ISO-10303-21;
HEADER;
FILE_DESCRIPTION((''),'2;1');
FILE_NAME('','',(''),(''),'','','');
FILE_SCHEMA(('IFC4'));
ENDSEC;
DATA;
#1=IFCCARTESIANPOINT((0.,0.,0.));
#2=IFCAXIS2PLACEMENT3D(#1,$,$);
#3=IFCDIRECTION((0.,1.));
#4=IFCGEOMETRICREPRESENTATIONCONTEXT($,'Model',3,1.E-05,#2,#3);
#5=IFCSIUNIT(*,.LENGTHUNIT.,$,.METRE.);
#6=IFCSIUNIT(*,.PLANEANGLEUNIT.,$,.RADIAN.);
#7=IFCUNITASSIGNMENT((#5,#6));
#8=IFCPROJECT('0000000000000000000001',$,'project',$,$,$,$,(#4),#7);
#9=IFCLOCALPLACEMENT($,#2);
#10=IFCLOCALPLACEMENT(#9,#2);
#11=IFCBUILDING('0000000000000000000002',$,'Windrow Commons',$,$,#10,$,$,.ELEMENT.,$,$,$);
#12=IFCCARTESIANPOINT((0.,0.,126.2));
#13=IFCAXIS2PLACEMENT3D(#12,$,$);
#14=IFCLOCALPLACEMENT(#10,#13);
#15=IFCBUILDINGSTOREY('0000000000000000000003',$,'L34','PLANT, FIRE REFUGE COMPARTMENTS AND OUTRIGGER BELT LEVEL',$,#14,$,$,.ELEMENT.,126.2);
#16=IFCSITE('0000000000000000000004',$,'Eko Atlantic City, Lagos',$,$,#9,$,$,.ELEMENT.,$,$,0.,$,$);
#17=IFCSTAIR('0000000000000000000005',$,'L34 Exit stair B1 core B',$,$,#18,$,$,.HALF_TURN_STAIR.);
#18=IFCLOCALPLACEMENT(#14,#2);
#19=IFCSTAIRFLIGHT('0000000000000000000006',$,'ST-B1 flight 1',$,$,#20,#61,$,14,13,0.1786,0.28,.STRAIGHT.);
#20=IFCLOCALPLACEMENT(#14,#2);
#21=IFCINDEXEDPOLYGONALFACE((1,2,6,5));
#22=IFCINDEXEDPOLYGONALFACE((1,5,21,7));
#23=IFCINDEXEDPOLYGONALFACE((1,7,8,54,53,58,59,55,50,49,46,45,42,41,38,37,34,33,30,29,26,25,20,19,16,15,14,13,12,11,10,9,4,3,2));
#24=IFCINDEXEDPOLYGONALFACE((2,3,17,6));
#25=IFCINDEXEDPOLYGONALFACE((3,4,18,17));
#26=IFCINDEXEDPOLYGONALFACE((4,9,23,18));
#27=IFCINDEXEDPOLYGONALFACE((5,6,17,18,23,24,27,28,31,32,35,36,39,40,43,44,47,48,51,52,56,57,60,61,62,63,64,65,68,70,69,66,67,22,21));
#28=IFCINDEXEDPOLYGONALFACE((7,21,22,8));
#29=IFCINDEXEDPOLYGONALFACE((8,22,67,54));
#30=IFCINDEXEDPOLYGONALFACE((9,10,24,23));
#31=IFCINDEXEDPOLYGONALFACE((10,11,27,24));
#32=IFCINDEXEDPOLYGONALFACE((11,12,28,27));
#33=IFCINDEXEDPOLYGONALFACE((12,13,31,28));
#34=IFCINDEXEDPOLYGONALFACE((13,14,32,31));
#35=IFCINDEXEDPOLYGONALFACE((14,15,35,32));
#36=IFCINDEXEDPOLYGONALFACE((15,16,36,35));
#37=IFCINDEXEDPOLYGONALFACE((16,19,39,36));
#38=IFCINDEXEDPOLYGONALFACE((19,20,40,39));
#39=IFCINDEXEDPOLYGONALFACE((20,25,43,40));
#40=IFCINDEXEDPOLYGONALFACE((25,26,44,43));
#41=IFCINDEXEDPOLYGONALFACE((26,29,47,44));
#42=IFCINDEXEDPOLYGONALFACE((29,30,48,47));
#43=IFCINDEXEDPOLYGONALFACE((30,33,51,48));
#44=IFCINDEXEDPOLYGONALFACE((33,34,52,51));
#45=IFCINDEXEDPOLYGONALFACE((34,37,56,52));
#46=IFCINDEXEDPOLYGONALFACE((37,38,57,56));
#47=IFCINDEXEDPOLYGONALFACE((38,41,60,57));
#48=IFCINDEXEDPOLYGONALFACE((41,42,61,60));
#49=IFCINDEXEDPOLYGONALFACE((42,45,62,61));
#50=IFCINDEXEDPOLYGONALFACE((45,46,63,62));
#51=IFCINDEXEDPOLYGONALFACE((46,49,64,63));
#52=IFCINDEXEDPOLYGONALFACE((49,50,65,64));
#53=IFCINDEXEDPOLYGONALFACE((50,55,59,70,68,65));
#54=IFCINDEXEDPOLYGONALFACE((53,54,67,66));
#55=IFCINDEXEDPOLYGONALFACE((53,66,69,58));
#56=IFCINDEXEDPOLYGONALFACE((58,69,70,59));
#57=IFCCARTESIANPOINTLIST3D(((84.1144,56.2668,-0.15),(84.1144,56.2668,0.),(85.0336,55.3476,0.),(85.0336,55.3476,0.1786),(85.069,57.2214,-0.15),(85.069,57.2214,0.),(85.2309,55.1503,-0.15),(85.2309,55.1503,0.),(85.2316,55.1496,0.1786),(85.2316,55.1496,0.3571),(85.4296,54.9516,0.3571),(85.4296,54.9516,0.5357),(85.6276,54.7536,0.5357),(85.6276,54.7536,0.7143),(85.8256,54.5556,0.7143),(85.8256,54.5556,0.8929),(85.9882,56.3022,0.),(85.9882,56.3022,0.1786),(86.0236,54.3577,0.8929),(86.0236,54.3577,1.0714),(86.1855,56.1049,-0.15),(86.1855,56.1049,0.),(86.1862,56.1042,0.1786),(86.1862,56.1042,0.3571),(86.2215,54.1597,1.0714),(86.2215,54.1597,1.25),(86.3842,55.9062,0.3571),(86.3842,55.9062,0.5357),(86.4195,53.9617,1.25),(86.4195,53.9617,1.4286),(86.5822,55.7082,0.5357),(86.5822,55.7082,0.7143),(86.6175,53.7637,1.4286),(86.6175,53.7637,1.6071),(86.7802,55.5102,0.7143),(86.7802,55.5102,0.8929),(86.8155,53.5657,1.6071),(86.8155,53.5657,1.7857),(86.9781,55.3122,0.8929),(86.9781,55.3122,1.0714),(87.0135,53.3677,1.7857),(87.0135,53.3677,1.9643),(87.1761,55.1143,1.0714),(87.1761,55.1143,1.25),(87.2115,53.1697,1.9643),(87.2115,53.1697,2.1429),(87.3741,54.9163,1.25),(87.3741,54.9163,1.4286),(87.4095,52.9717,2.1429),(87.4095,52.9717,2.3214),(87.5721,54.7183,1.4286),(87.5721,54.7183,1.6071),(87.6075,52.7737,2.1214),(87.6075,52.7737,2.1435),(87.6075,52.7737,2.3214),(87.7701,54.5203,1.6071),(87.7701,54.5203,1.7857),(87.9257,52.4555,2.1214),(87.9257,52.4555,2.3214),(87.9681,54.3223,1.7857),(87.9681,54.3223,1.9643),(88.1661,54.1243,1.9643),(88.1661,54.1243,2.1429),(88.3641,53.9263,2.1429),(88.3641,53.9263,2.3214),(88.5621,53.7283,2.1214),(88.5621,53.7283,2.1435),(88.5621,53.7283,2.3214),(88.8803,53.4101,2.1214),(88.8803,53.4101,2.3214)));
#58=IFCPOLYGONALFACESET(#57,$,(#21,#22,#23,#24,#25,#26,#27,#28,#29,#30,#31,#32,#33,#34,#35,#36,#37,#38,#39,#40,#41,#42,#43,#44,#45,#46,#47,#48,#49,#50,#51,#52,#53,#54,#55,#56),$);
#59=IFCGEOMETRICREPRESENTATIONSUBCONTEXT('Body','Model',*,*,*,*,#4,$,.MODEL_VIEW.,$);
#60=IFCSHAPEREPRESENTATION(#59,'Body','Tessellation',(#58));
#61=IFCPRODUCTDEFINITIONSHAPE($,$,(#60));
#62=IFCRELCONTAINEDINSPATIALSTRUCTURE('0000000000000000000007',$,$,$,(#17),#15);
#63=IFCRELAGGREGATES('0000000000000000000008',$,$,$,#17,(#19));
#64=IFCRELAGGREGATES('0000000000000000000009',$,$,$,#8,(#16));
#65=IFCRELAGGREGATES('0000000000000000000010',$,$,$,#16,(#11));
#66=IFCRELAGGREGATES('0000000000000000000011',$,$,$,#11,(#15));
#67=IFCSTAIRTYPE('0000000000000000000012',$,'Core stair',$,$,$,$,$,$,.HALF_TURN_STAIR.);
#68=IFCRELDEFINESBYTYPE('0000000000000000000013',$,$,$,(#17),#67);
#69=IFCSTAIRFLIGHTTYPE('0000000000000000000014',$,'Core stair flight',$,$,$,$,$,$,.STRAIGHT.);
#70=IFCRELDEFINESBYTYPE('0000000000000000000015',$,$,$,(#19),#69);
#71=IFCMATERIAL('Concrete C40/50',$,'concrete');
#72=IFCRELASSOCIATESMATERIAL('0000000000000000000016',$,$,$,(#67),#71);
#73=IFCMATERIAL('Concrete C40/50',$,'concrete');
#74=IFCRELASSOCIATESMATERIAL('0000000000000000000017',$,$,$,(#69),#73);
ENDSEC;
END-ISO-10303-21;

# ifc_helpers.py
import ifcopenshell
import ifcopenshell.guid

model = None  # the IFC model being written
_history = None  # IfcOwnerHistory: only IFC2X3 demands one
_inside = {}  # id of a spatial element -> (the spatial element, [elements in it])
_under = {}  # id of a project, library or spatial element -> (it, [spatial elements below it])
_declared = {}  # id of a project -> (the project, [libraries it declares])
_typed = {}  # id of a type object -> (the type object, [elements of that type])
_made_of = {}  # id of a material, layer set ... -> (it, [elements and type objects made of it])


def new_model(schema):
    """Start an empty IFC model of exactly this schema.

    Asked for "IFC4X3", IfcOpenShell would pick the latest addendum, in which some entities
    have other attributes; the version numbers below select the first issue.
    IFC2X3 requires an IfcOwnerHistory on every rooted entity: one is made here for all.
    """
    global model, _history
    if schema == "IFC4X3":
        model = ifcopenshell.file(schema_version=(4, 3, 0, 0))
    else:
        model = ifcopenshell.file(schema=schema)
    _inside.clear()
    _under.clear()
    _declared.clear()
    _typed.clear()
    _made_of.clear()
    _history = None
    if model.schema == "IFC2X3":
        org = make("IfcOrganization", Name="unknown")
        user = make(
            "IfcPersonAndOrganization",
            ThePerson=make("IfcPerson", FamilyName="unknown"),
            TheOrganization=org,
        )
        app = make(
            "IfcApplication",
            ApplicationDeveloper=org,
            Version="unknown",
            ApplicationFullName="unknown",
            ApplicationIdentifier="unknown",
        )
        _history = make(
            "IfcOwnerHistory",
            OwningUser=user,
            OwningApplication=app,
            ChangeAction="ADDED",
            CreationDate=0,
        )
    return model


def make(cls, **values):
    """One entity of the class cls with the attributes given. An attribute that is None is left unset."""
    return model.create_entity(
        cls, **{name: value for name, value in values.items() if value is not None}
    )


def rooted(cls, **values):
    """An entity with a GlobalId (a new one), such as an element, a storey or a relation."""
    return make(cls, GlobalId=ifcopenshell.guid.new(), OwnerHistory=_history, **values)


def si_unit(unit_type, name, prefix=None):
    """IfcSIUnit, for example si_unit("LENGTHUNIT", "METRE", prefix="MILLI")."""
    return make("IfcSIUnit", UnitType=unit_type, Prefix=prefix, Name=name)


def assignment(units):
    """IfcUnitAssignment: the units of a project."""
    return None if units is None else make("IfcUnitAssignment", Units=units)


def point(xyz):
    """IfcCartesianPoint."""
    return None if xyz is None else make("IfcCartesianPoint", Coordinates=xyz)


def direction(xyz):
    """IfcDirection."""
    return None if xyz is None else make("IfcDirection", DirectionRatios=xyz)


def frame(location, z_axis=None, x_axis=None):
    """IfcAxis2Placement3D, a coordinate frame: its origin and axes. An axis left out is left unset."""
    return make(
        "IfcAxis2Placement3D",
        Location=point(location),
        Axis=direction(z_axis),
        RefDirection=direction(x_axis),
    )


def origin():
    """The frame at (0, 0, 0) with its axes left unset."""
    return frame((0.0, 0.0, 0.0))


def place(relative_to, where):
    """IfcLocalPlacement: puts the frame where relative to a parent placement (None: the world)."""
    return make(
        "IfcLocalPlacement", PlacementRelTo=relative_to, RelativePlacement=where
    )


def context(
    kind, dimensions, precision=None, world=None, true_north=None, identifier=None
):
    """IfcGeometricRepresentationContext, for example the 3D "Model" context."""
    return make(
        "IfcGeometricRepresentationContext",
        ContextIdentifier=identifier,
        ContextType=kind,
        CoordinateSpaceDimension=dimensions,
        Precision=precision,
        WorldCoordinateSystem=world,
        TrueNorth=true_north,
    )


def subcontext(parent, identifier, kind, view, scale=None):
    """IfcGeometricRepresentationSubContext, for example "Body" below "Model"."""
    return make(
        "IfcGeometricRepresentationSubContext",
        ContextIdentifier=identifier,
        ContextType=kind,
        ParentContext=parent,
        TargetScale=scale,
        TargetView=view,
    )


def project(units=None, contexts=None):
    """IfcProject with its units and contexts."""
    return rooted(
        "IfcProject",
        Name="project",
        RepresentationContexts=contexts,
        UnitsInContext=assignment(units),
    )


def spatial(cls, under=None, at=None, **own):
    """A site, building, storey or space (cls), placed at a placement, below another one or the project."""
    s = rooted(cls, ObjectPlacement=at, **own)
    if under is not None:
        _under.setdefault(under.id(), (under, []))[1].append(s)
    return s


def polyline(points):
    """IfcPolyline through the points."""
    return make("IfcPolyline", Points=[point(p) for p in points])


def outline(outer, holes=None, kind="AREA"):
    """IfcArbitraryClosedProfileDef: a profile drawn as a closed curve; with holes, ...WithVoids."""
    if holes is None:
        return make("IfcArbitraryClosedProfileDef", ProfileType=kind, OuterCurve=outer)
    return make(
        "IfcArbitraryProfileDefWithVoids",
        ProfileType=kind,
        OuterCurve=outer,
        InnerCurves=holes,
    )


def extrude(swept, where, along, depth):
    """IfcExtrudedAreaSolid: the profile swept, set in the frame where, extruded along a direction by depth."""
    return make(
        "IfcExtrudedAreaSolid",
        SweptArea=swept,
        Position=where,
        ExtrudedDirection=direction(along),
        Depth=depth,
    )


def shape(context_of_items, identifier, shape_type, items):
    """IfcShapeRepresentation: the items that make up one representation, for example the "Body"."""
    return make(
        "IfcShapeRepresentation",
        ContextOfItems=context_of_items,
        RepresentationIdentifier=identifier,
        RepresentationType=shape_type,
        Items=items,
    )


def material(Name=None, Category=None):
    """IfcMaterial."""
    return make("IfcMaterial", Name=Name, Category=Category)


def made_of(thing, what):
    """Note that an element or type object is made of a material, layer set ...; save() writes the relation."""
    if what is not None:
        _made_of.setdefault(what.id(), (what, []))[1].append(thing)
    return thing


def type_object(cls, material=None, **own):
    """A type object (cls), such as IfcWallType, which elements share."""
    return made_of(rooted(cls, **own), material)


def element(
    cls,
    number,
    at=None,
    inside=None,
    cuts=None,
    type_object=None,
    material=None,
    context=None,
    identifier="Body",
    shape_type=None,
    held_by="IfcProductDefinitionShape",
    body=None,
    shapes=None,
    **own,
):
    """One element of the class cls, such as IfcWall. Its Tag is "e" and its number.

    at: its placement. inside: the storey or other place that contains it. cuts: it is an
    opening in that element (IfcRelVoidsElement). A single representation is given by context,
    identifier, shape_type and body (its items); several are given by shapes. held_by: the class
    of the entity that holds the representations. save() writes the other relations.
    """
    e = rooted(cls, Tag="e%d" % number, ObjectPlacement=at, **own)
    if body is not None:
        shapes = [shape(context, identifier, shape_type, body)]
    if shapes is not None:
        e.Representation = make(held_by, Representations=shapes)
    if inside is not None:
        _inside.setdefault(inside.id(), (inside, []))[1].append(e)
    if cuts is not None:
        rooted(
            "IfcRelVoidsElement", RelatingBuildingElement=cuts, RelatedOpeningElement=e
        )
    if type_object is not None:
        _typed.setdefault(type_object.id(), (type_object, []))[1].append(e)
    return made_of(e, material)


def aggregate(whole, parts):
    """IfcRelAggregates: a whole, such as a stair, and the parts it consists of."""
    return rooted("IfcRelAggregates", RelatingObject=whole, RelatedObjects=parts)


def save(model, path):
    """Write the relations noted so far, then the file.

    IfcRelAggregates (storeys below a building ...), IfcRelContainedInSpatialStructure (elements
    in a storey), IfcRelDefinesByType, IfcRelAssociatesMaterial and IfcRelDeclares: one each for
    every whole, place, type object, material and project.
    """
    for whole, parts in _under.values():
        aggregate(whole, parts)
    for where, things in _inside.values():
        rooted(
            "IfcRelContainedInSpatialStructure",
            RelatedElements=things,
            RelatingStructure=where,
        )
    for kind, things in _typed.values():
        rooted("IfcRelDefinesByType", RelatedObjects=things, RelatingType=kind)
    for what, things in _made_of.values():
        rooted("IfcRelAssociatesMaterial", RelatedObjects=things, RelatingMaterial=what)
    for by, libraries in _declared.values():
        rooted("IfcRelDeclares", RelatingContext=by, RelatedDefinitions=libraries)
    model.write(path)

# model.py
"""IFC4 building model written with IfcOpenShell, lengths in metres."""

from ifc_helpers import new_model, si_unit, direction, frame, origin, place, context, subcontext, project, spatial, polyline, outline, extrude, material, type_object, element, aggregate, save


model = new_model("IFC4")

# Units and contexts
model_context = context("Model", 3, precision=1e-05, world=origin(), true_north=direction((0.0, 1.0)))
body_context = subcontext(model_context, "Body", "Model", "MODEL_VIEW")
ifc_project = project(units=[si_unit("LENGTHUNIT", "METRE"), si_unit("PLANEANGLEUNIT", "RADIAN")], contexts=[model_context])

# Site, building, storey
site_placement = place(None, origin())
site = spatial("IfcSite", under=ifc_project, at=site_placement, Name="Eko Atlantic City, Lagos", CompositionType="ELEMENT", RefElevation=0.0)
building_placement = place(site_placement, origin())
building = spatial("IfcBuilding", under=site, at=building_placement, Name="Windrow Commons", CompositionType="ELEMENT")
storey_placement = place(building_placement, frame((0.0, 0.0, 126.2)))
storey = spatial("IfcBuildingStorey", under=building, at=storey_placement, Name="L34", Description="PLANT, FIRE REFUGE COMPARTMENTS AND OUTRIGGER BELT LEVEL", CompositionType="ELEMENT", Elevation=126.2)

# Stair, stair flight
ifc_material_1 = material(Name="Concrete C40/50", Category="concrete")
stair_type = type_object("IfcStairType", Name="Core stair", PredefinedType="HALF_TURN_STAIR", material=ifc_material_1)
stair_placement = place(storey_placement, origin())
stair = element("IfcStair", 1, at=stair_placement, inside=storey, type_object=stair_type, Name="L34 Exit stair B1 core B", PredefinedType="HALF_TURN_STAIR")
ifc_material_2 = material(Name="Concrete C40/50", Category="concrete")
stair_flight_type = type_object("IfcStairFlightType", Name="Core stair flight", PredefinedType="STRAIGHT", material=ifc_material_2)
stair_flight_placement = place(storey_placement, frame((85.5109, 55.8249, 0.0), z_axis=(0.0, 0.0, 1.0), x_axis=(0.707107, -0.707107, 0.0)))
stair_flight = element("IfcStairFlight", 2, at=stair_flight_placement, type_object=stair_flight_type, Name="ST-B1 flight 1", NumberOfRisers=14, NumberOfTreads=13, PredefinedType="STRAIGHT", RiserHeight=0.1786, TreadLength=0.28, context=body_context, shape_type="SweptSolid", body=[
    extrude(outline(polyline([(-1.3, -0.15), (-1.3, 0.0), (0.0, 0.0), (0.0, 0.1786), (0.28, 0.1786), (0.28, 0.3571), (0.56, 0.3571), (0.56, 0.5357), (0.84, 0.5357), (0.84, 0.7143), (1.12, 0.7143), (1.12, 0.8929), (1.4, 0.8929), (1.4, 1.0714), (1.68, 1.0714), (1.68, 1.25), (1.96, 1.25), (1.96, 1.4286), (2.24, 1.4286), (2.24, 1.6071), (2.52, 1.6071), (2.52, 1.7857), (2.8, 1.7857), (2.8, 1.9643), (3.08, 1.9643), (3.08, 2.1429), (3.36, 2.1429), (3.36, 2.3214), (3.64, 2.3214), (4.09, 2.3214), (4.09, 2.1214), (3.64, 2.1214), (3.64, 2.1435), (0.279, 0.0), (0.279, -0.15), (-1.3, -0.15)])), frame((0.0, 0.675, 0.0), z_axis=(0.0, -1.0, 0.0), x_axis=(1.0, 0.0, 0.0)), (0.0, 0.0, 1.0), 1.35),
])
aggregate(stair, [stair_flight])

save(model, "model.ifc")
